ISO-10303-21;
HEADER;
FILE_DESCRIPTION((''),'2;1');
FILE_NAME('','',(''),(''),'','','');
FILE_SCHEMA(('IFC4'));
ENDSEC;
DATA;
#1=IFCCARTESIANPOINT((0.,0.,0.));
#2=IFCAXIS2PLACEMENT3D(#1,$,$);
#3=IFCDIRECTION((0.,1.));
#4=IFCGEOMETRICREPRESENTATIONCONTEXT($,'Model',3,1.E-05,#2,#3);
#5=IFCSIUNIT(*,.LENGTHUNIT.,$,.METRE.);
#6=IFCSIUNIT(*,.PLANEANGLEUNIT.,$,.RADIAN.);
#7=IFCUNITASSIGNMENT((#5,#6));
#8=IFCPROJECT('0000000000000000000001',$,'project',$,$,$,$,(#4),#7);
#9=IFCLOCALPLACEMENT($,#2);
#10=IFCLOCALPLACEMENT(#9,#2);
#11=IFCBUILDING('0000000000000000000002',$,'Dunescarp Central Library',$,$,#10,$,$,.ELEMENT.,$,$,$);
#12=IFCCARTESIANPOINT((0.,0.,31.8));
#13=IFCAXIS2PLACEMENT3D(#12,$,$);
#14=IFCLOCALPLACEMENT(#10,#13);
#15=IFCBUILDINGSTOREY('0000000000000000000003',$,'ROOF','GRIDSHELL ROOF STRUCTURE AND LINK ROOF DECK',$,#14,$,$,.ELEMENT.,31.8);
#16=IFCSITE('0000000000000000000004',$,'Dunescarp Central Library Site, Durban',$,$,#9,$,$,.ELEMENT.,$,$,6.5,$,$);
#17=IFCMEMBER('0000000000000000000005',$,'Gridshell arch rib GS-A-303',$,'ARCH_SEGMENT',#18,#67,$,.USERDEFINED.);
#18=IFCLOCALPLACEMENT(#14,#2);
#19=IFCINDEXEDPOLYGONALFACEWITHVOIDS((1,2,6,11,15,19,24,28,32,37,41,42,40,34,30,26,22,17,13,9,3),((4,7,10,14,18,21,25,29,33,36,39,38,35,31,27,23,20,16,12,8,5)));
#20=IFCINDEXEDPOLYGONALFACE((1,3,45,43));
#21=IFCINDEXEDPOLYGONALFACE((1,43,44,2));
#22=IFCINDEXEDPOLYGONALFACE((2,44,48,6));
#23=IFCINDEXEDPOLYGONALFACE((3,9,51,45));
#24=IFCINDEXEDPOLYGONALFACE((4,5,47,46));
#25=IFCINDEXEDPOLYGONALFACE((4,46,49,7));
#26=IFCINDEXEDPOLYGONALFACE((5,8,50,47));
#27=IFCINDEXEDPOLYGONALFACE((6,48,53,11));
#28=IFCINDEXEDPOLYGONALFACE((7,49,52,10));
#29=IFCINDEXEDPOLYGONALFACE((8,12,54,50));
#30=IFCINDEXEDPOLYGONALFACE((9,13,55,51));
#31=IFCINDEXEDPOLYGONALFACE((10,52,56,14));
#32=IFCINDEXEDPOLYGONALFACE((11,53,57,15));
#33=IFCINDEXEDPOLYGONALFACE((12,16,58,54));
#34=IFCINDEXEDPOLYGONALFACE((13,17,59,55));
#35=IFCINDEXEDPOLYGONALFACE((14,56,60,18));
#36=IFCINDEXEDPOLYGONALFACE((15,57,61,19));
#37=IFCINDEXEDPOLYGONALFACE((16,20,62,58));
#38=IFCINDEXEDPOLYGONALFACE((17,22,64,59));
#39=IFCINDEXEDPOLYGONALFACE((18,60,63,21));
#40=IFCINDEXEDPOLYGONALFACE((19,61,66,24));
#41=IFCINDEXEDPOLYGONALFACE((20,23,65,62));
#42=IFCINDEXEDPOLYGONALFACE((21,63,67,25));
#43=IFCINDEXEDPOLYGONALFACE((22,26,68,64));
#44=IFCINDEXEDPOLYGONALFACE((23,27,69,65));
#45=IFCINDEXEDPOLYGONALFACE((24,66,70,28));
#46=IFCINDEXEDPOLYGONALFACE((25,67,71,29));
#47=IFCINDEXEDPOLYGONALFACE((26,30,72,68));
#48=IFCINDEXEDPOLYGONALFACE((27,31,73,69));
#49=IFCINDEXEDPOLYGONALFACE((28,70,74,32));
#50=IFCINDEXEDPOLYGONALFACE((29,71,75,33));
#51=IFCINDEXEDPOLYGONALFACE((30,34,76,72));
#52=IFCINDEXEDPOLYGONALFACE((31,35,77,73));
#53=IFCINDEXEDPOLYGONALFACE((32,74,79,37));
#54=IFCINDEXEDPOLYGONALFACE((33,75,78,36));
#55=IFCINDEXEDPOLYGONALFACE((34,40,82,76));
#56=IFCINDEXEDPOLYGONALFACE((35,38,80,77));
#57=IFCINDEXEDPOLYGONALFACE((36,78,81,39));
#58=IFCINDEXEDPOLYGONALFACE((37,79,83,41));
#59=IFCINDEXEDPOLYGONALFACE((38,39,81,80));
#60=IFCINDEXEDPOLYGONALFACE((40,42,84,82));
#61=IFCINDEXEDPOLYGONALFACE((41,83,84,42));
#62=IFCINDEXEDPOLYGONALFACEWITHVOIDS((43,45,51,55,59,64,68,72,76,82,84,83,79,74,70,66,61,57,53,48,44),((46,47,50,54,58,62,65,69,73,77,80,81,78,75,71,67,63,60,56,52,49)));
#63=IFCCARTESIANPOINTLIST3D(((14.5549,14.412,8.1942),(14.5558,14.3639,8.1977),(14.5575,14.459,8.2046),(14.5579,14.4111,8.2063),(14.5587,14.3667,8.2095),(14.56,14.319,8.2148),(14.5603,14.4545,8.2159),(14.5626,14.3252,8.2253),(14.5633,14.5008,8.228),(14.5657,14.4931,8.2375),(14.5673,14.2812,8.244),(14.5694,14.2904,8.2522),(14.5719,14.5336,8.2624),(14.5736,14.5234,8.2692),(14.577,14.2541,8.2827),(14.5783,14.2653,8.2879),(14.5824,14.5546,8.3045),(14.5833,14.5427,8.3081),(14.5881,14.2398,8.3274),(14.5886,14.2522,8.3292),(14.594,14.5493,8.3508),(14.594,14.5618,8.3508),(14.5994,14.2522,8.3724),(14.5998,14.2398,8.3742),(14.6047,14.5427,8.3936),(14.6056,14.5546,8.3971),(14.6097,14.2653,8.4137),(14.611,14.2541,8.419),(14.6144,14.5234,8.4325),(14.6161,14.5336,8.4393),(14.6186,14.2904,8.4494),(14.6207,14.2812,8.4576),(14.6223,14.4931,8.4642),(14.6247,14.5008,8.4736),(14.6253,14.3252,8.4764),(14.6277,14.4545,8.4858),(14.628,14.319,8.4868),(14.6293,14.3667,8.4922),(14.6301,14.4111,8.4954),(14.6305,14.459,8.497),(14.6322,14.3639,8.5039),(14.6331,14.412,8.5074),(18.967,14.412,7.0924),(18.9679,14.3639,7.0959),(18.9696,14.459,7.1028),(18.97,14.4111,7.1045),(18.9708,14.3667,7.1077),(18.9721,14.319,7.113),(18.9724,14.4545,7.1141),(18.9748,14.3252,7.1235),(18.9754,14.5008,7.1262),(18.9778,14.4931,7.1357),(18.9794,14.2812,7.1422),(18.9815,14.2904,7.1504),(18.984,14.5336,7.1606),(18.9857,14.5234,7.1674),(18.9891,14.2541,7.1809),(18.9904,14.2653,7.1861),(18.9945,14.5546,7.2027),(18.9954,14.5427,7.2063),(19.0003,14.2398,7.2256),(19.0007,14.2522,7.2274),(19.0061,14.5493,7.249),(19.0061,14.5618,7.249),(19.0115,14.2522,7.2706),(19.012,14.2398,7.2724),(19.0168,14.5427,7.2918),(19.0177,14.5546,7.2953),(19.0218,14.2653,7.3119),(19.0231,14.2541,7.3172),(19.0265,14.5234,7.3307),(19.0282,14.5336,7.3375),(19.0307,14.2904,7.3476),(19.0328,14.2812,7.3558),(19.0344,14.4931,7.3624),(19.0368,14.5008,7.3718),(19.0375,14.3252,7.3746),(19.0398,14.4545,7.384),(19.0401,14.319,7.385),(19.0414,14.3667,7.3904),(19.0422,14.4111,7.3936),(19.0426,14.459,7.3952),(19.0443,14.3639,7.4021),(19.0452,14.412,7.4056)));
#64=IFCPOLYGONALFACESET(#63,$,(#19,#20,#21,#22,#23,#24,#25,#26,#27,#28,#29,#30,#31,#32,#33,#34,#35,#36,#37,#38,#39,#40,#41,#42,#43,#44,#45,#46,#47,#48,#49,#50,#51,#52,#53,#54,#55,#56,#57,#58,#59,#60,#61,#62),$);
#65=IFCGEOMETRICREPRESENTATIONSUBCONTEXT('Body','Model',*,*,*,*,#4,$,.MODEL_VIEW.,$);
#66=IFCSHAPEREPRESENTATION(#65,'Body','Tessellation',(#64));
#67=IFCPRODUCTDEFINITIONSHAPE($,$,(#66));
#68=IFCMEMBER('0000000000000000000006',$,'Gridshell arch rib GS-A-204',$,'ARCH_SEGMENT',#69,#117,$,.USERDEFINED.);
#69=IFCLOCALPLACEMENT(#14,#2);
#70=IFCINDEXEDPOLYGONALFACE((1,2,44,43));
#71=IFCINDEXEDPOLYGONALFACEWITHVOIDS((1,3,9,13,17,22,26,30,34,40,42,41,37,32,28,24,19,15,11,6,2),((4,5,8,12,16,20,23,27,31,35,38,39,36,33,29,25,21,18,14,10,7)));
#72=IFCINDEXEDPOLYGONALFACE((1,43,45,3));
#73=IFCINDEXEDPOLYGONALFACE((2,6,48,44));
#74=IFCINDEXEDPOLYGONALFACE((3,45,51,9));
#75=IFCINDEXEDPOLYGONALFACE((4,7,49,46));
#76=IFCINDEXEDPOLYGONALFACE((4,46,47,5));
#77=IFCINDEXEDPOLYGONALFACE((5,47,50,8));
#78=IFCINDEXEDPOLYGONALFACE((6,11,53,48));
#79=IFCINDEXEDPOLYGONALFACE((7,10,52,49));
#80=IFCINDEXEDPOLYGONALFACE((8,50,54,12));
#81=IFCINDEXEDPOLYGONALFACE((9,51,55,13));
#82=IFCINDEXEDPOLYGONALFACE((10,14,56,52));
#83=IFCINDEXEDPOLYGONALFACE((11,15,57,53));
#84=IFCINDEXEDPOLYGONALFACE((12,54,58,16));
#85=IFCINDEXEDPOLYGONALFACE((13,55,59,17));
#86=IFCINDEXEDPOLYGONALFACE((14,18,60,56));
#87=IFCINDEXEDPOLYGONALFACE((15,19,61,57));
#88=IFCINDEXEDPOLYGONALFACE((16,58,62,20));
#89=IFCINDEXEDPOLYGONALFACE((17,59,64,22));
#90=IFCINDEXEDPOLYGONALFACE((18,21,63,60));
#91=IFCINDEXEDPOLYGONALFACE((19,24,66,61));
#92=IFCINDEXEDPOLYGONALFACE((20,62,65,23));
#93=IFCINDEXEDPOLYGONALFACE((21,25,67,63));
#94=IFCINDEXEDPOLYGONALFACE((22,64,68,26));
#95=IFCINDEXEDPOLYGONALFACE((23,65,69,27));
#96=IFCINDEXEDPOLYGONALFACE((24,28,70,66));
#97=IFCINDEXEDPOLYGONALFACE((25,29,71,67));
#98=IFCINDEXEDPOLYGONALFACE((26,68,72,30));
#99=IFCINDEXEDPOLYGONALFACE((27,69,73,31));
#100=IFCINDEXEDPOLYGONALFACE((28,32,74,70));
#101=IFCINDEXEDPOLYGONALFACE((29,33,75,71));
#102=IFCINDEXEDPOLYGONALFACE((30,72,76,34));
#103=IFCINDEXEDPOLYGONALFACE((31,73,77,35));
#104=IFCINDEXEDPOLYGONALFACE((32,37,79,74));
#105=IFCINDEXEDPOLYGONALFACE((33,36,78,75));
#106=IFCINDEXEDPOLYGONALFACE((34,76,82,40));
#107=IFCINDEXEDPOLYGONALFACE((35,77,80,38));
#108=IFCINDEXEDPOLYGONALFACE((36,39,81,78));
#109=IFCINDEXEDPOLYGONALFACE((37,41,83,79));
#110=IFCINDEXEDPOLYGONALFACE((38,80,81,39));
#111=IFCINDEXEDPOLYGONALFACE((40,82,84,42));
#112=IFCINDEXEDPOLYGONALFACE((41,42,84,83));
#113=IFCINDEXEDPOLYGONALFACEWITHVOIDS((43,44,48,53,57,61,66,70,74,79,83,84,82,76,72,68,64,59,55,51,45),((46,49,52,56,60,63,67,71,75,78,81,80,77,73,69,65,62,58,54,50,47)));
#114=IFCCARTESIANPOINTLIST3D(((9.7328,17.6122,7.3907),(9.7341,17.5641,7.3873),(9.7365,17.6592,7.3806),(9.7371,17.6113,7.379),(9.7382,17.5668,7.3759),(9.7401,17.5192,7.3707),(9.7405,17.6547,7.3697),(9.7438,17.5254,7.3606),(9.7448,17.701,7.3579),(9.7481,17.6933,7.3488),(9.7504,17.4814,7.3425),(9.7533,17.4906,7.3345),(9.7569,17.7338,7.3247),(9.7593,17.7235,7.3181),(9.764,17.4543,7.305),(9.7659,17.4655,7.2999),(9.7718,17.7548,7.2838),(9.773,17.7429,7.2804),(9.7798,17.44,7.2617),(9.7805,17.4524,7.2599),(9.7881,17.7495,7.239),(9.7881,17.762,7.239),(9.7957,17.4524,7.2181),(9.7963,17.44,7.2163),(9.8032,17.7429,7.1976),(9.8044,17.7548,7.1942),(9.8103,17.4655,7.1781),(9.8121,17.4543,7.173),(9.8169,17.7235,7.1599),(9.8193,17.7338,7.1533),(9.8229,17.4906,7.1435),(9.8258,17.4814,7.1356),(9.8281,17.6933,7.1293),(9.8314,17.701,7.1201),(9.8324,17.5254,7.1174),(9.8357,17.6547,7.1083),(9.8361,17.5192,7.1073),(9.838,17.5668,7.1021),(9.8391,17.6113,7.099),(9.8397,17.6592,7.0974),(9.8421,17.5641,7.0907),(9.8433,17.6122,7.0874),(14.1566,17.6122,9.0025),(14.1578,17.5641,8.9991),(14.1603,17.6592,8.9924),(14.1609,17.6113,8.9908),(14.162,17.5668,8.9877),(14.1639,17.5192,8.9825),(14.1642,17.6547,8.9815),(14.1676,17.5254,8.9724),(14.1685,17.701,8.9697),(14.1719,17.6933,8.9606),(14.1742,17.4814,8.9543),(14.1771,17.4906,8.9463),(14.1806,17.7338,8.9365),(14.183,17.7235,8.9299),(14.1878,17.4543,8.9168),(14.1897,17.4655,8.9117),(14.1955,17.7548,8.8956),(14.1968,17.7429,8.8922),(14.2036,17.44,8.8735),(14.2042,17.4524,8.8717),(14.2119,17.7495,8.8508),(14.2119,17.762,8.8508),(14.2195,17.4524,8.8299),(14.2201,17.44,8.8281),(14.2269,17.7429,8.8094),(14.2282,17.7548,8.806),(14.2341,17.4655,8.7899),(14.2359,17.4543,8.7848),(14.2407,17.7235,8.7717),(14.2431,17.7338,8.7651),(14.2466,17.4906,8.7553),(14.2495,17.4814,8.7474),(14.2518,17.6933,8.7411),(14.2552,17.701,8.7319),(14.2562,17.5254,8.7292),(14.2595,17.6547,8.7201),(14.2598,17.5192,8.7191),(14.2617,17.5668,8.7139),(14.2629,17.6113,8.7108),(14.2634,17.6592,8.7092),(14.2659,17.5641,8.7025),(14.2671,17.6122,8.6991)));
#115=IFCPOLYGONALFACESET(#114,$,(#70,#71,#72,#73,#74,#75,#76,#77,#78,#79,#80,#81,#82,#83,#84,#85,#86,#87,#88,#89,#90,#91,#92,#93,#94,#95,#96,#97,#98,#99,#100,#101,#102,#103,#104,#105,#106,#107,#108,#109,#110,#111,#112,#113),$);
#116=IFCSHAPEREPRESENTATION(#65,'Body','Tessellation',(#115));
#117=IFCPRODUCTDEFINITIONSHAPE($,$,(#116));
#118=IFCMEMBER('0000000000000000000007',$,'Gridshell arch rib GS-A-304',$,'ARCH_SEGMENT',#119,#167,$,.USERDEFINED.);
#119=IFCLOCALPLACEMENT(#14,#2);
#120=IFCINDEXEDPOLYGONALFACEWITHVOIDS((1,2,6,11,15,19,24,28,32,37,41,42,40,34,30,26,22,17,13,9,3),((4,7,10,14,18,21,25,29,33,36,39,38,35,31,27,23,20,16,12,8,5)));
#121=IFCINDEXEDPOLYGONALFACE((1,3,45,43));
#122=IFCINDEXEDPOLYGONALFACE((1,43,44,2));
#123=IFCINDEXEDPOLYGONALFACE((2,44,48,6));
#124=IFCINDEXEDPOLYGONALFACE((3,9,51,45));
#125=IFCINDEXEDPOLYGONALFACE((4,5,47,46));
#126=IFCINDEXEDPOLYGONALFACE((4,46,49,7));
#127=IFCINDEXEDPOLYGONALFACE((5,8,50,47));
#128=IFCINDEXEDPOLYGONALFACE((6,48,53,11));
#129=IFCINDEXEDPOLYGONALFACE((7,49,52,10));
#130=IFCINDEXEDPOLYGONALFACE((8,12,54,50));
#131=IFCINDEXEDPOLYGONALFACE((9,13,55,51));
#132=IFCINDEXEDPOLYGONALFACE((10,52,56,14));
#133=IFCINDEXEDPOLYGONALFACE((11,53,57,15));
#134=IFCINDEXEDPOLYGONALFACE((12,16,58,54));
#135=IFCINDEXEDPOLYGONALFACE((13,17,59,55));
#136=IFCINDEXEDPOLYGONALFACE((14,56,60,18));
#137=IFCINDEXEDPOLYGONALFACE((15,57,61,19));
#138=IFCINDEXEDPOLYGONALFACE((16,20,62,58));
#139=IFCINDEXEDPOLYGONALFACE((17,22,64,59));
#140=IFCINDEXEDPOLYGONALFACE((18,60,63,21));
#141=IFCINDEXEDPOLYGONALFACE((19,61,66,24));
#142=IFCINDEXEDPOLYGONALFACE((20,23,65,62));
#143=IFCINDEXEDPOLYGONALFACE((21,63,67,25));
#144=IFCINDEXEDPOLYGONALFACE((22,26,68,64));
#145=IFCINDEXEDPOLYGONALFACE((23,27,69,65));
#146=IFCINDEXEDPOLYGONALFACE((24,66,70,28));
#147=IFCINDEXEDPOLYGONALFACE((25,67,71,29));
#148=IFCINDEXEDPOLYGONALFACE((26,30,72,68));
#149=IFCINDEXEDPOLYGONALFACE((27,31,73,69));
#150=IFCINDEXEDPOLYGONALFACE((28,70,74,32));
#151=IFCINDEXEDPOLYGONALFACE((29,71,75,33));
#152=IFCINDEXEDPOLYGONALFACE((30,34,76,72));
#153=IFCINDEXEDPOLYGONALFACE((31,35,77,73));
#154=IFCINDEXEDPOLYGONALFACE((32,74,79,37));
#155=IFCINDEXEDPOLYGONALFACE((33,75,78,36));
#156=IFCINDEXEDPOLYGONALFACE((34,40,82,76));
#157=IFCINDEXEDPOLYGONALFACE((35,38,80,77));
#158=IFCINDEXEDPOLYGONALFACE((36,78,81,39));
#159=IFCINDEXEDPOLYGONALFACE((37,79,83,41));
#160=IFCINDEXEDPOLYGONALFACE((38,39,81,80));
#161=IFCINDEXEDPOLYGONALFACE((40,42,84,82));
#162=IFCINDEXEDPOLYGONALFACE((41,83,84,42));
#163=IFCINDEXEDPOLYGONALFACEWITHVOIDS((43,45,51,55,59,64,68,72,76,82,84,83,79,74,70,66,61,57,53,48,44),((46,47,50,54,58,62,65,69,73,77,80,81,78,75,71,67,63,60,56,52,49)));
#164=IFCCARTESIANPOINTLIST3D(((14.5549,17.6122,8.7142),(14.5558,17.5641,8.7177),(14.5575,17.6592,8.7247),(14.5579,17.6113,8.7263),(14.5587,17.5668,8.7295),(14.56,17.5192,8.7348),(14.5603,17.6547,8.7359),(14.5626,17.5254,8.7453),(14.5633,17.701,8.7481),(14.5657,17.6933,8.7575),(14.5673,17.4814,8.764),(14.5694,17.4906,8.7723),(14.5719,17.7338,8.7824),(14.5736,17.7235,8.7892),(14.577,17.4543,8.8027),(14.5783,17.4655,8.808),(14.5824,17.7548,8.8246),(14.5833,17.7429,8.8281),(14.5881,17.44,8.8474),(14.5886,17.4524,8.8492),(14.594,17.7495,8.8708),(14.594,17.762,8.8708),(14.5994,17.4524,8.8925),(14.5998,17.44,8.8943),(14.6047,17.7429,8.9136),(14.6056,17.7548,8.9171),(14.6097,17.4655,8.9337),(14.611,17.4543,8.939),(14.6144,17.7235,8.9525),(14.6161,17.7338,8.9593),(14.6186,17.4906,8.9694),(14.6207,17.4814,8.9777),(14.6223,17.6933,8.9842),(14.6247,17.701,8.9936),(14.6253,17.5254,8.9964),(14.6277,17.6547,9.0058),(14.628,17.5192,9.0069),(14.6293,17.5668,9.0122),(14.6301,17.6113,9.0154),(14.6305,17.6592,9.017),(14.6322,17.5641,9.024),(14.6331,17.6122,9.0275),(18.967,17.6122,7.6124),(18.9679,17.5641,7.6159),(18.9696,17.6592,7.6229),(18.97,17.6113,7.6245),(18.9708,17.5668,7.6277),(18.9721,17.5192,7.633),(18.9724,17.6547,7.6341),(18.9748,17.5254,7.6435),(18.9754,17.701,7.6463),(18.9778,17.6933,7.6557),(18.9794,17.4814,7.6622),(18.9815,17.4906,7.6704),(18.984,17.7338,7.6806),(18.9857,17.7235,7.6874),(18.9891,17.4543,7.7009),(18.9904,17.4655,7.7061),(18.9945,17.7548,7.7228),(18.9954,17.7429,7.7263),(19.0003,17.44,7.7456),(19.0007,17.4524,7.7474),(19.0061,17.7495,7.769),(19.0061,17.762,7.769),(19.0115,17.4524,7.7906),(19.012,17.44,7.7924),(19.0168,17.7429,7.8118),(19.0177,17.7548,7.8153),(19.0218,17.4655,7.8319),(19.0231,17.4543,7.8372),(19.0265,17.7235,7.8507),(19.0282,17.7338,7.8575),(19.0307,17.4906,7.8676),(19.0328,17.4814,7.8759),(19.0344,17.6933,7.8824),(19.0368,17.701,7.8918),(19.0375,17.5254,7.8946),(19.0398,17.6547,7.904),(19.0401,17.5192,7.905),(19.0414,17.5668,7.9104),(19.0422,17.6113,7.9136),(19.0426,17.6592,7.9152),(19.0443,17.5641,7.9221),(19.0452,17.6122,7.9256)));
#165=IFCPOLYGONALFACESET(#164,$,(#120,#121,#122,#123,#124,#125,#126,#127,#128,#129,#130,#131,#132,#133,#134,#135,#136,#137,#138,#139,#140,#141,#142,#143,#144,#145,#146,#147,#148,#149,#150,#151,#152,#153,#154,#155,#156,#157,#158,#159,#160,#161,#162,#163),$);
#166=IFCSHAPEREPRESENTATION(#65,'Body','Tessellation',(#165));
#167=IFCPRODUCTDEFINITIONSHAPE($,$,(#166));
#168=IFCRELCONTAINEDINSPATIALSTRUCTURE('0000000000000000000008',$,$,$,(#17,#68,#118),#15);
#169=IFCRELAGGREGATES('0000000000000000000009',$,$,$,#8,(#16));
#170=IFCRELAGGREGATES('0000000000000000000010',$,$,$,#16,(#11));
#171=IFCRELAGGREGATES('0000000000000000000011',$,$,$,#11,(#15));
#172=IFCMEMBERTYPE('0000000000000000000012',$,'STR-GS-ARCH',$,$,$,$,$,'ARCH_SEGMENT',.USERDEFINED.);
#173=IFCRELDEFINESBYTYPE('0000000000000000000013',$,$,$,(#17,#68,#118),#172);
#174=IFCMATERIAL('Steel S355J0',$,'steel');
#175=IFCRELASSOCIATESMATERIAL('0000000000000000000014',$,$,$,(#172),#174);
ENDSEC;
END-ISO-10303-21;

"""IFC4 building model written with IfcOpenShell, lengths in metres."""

from ifc_helpers import new_model, si_unit, direction, frame, origin, origin_2d, place, context, subcontext, project, spatial, hollow_circle, extrude, material, material_profile, profile_set, type_object, element, save


model = new_model("IFC4")

# Units and contexts
model_context = context("Model", 3, precision=1e-05, world=origin(), true_north=direction((0.0, 1.0)))
body_context = subcontext(model_context, "Body", "Model", "MODEL_VIEW")
ifc_project = project(units=[si_unit("LENGTHUNIT", "METRE"), si_unit("PLANEANGLEUNIT", "RADIAN")], contexts=[model_context])

# Site, building, storey
site_placement = place(None, origin())
site = spatial("IfcSite", under=ifc_project, at=site_placement, Name="Dunescarp Central Library Site, Durban", CompositionType="ELEMENT", RefElevation=6.5)
building_placement = place(site_placement, origin())
building = spatial("IfcBuilding", under=site, at=building_placement, Name="Dunescarp Central Library", CompositionType="ELEMENT")
storey_placement = place(building_placement, frame((0.0, 0.0, 31.8)))
storey = spatial("IfcBuildingStorey", under=building, at=storey_placement, Name="ROOF", Description="GRIDSHELL ROOF STRUCTURE AND LINK ROOF DECK", CompositionType="ELEMENT", Elevation=31.8)

# Members
ifc_material_1 = material(Name="Steel S355J0", Category="steel")
ifc_material_profile_1 = material_profile(ifc_material_1, hollow_circle(Radius=0.1619, WallThickness=0.0125, at=origin_2d()), Name="CHS 323.9x12.5")
ifc_profile_set_1 = profile_set([ifc_material_profile_1], Name="Steel S355J0")
member_type_1 = type_object("IfcMemberType", Name="STR-GS-ARCH", ElementType="ARCH_SEGMENT", PredefinedType="USERDEFINED", material=ifc_profile_set_1)
member_1_placement = place(storey_placement, frame((14.594, 14.3999, 8.3508), z_axis=(0.970206, 0.0, -0.242283), x_axis=(0.0, 1.0, 0.0)))
element("IfcMember", 1, at=member_1_placement, inside=storey, type_object=member_type_1, Name="Gridshell arch rib GS-A-303", ObjectType="ARCH_SEGMENT", PredefinedType="USERDEFINED", context=body_context, shape_type="SweptSolid", body=[
    extrude(hollow_circle(Radius=0.1619, WallThickness=0.0125, at=origin_2d()), origin(), (0.0, 0.0, 1.0), 4.5476),
])
member_2_placement = place(storey_placement, frame((9.7881, 17.6001, 7.239), z_axis=(0.939578, 0.0, 0.342334), x_axis=(0.0, 1.0, 0.0)))
element("IfcMember", 2, at=member_2_placement, inside=storey, type_object=member_type_1, Name="Gridshell arch rib GS-A-204", ObjectType="ARCH_SEGMENT", PredefinedType="USERDEFINED", context=body_context, shape_type="SweptSolid", body=[
    extrude(hollow_circle(Radius=0.1619, WallThickness=0.0125, at=origin_2d()), origin(), (0.0, 0.0, 1.0), 4.7083),
])
member_3_placement = place(storey_placement, frame((14.594, 17.6001, 8.8708), z_axis=(0.970206, 0.0, -0.242283), x_axis=(0.0, 1.0, 0.0)))
element("IfcMember", 3, at=member_3_placement, inside=storey, type_object=member_type_1, Name="Gridshell arch rib GS-A-304", ObjectType="ARCH_SEGMENT", PredefinedType="USERDEFINED", context=body_context, shape_type="SweptSolid", body=[
    extrude(hollow_circle(Radius=0.1619, WallThickness=0.0125, at=origin_2d()), origin(), (0.0, 0.0, 1.0), 4.5476),
])

save(model, "model.ifc")
